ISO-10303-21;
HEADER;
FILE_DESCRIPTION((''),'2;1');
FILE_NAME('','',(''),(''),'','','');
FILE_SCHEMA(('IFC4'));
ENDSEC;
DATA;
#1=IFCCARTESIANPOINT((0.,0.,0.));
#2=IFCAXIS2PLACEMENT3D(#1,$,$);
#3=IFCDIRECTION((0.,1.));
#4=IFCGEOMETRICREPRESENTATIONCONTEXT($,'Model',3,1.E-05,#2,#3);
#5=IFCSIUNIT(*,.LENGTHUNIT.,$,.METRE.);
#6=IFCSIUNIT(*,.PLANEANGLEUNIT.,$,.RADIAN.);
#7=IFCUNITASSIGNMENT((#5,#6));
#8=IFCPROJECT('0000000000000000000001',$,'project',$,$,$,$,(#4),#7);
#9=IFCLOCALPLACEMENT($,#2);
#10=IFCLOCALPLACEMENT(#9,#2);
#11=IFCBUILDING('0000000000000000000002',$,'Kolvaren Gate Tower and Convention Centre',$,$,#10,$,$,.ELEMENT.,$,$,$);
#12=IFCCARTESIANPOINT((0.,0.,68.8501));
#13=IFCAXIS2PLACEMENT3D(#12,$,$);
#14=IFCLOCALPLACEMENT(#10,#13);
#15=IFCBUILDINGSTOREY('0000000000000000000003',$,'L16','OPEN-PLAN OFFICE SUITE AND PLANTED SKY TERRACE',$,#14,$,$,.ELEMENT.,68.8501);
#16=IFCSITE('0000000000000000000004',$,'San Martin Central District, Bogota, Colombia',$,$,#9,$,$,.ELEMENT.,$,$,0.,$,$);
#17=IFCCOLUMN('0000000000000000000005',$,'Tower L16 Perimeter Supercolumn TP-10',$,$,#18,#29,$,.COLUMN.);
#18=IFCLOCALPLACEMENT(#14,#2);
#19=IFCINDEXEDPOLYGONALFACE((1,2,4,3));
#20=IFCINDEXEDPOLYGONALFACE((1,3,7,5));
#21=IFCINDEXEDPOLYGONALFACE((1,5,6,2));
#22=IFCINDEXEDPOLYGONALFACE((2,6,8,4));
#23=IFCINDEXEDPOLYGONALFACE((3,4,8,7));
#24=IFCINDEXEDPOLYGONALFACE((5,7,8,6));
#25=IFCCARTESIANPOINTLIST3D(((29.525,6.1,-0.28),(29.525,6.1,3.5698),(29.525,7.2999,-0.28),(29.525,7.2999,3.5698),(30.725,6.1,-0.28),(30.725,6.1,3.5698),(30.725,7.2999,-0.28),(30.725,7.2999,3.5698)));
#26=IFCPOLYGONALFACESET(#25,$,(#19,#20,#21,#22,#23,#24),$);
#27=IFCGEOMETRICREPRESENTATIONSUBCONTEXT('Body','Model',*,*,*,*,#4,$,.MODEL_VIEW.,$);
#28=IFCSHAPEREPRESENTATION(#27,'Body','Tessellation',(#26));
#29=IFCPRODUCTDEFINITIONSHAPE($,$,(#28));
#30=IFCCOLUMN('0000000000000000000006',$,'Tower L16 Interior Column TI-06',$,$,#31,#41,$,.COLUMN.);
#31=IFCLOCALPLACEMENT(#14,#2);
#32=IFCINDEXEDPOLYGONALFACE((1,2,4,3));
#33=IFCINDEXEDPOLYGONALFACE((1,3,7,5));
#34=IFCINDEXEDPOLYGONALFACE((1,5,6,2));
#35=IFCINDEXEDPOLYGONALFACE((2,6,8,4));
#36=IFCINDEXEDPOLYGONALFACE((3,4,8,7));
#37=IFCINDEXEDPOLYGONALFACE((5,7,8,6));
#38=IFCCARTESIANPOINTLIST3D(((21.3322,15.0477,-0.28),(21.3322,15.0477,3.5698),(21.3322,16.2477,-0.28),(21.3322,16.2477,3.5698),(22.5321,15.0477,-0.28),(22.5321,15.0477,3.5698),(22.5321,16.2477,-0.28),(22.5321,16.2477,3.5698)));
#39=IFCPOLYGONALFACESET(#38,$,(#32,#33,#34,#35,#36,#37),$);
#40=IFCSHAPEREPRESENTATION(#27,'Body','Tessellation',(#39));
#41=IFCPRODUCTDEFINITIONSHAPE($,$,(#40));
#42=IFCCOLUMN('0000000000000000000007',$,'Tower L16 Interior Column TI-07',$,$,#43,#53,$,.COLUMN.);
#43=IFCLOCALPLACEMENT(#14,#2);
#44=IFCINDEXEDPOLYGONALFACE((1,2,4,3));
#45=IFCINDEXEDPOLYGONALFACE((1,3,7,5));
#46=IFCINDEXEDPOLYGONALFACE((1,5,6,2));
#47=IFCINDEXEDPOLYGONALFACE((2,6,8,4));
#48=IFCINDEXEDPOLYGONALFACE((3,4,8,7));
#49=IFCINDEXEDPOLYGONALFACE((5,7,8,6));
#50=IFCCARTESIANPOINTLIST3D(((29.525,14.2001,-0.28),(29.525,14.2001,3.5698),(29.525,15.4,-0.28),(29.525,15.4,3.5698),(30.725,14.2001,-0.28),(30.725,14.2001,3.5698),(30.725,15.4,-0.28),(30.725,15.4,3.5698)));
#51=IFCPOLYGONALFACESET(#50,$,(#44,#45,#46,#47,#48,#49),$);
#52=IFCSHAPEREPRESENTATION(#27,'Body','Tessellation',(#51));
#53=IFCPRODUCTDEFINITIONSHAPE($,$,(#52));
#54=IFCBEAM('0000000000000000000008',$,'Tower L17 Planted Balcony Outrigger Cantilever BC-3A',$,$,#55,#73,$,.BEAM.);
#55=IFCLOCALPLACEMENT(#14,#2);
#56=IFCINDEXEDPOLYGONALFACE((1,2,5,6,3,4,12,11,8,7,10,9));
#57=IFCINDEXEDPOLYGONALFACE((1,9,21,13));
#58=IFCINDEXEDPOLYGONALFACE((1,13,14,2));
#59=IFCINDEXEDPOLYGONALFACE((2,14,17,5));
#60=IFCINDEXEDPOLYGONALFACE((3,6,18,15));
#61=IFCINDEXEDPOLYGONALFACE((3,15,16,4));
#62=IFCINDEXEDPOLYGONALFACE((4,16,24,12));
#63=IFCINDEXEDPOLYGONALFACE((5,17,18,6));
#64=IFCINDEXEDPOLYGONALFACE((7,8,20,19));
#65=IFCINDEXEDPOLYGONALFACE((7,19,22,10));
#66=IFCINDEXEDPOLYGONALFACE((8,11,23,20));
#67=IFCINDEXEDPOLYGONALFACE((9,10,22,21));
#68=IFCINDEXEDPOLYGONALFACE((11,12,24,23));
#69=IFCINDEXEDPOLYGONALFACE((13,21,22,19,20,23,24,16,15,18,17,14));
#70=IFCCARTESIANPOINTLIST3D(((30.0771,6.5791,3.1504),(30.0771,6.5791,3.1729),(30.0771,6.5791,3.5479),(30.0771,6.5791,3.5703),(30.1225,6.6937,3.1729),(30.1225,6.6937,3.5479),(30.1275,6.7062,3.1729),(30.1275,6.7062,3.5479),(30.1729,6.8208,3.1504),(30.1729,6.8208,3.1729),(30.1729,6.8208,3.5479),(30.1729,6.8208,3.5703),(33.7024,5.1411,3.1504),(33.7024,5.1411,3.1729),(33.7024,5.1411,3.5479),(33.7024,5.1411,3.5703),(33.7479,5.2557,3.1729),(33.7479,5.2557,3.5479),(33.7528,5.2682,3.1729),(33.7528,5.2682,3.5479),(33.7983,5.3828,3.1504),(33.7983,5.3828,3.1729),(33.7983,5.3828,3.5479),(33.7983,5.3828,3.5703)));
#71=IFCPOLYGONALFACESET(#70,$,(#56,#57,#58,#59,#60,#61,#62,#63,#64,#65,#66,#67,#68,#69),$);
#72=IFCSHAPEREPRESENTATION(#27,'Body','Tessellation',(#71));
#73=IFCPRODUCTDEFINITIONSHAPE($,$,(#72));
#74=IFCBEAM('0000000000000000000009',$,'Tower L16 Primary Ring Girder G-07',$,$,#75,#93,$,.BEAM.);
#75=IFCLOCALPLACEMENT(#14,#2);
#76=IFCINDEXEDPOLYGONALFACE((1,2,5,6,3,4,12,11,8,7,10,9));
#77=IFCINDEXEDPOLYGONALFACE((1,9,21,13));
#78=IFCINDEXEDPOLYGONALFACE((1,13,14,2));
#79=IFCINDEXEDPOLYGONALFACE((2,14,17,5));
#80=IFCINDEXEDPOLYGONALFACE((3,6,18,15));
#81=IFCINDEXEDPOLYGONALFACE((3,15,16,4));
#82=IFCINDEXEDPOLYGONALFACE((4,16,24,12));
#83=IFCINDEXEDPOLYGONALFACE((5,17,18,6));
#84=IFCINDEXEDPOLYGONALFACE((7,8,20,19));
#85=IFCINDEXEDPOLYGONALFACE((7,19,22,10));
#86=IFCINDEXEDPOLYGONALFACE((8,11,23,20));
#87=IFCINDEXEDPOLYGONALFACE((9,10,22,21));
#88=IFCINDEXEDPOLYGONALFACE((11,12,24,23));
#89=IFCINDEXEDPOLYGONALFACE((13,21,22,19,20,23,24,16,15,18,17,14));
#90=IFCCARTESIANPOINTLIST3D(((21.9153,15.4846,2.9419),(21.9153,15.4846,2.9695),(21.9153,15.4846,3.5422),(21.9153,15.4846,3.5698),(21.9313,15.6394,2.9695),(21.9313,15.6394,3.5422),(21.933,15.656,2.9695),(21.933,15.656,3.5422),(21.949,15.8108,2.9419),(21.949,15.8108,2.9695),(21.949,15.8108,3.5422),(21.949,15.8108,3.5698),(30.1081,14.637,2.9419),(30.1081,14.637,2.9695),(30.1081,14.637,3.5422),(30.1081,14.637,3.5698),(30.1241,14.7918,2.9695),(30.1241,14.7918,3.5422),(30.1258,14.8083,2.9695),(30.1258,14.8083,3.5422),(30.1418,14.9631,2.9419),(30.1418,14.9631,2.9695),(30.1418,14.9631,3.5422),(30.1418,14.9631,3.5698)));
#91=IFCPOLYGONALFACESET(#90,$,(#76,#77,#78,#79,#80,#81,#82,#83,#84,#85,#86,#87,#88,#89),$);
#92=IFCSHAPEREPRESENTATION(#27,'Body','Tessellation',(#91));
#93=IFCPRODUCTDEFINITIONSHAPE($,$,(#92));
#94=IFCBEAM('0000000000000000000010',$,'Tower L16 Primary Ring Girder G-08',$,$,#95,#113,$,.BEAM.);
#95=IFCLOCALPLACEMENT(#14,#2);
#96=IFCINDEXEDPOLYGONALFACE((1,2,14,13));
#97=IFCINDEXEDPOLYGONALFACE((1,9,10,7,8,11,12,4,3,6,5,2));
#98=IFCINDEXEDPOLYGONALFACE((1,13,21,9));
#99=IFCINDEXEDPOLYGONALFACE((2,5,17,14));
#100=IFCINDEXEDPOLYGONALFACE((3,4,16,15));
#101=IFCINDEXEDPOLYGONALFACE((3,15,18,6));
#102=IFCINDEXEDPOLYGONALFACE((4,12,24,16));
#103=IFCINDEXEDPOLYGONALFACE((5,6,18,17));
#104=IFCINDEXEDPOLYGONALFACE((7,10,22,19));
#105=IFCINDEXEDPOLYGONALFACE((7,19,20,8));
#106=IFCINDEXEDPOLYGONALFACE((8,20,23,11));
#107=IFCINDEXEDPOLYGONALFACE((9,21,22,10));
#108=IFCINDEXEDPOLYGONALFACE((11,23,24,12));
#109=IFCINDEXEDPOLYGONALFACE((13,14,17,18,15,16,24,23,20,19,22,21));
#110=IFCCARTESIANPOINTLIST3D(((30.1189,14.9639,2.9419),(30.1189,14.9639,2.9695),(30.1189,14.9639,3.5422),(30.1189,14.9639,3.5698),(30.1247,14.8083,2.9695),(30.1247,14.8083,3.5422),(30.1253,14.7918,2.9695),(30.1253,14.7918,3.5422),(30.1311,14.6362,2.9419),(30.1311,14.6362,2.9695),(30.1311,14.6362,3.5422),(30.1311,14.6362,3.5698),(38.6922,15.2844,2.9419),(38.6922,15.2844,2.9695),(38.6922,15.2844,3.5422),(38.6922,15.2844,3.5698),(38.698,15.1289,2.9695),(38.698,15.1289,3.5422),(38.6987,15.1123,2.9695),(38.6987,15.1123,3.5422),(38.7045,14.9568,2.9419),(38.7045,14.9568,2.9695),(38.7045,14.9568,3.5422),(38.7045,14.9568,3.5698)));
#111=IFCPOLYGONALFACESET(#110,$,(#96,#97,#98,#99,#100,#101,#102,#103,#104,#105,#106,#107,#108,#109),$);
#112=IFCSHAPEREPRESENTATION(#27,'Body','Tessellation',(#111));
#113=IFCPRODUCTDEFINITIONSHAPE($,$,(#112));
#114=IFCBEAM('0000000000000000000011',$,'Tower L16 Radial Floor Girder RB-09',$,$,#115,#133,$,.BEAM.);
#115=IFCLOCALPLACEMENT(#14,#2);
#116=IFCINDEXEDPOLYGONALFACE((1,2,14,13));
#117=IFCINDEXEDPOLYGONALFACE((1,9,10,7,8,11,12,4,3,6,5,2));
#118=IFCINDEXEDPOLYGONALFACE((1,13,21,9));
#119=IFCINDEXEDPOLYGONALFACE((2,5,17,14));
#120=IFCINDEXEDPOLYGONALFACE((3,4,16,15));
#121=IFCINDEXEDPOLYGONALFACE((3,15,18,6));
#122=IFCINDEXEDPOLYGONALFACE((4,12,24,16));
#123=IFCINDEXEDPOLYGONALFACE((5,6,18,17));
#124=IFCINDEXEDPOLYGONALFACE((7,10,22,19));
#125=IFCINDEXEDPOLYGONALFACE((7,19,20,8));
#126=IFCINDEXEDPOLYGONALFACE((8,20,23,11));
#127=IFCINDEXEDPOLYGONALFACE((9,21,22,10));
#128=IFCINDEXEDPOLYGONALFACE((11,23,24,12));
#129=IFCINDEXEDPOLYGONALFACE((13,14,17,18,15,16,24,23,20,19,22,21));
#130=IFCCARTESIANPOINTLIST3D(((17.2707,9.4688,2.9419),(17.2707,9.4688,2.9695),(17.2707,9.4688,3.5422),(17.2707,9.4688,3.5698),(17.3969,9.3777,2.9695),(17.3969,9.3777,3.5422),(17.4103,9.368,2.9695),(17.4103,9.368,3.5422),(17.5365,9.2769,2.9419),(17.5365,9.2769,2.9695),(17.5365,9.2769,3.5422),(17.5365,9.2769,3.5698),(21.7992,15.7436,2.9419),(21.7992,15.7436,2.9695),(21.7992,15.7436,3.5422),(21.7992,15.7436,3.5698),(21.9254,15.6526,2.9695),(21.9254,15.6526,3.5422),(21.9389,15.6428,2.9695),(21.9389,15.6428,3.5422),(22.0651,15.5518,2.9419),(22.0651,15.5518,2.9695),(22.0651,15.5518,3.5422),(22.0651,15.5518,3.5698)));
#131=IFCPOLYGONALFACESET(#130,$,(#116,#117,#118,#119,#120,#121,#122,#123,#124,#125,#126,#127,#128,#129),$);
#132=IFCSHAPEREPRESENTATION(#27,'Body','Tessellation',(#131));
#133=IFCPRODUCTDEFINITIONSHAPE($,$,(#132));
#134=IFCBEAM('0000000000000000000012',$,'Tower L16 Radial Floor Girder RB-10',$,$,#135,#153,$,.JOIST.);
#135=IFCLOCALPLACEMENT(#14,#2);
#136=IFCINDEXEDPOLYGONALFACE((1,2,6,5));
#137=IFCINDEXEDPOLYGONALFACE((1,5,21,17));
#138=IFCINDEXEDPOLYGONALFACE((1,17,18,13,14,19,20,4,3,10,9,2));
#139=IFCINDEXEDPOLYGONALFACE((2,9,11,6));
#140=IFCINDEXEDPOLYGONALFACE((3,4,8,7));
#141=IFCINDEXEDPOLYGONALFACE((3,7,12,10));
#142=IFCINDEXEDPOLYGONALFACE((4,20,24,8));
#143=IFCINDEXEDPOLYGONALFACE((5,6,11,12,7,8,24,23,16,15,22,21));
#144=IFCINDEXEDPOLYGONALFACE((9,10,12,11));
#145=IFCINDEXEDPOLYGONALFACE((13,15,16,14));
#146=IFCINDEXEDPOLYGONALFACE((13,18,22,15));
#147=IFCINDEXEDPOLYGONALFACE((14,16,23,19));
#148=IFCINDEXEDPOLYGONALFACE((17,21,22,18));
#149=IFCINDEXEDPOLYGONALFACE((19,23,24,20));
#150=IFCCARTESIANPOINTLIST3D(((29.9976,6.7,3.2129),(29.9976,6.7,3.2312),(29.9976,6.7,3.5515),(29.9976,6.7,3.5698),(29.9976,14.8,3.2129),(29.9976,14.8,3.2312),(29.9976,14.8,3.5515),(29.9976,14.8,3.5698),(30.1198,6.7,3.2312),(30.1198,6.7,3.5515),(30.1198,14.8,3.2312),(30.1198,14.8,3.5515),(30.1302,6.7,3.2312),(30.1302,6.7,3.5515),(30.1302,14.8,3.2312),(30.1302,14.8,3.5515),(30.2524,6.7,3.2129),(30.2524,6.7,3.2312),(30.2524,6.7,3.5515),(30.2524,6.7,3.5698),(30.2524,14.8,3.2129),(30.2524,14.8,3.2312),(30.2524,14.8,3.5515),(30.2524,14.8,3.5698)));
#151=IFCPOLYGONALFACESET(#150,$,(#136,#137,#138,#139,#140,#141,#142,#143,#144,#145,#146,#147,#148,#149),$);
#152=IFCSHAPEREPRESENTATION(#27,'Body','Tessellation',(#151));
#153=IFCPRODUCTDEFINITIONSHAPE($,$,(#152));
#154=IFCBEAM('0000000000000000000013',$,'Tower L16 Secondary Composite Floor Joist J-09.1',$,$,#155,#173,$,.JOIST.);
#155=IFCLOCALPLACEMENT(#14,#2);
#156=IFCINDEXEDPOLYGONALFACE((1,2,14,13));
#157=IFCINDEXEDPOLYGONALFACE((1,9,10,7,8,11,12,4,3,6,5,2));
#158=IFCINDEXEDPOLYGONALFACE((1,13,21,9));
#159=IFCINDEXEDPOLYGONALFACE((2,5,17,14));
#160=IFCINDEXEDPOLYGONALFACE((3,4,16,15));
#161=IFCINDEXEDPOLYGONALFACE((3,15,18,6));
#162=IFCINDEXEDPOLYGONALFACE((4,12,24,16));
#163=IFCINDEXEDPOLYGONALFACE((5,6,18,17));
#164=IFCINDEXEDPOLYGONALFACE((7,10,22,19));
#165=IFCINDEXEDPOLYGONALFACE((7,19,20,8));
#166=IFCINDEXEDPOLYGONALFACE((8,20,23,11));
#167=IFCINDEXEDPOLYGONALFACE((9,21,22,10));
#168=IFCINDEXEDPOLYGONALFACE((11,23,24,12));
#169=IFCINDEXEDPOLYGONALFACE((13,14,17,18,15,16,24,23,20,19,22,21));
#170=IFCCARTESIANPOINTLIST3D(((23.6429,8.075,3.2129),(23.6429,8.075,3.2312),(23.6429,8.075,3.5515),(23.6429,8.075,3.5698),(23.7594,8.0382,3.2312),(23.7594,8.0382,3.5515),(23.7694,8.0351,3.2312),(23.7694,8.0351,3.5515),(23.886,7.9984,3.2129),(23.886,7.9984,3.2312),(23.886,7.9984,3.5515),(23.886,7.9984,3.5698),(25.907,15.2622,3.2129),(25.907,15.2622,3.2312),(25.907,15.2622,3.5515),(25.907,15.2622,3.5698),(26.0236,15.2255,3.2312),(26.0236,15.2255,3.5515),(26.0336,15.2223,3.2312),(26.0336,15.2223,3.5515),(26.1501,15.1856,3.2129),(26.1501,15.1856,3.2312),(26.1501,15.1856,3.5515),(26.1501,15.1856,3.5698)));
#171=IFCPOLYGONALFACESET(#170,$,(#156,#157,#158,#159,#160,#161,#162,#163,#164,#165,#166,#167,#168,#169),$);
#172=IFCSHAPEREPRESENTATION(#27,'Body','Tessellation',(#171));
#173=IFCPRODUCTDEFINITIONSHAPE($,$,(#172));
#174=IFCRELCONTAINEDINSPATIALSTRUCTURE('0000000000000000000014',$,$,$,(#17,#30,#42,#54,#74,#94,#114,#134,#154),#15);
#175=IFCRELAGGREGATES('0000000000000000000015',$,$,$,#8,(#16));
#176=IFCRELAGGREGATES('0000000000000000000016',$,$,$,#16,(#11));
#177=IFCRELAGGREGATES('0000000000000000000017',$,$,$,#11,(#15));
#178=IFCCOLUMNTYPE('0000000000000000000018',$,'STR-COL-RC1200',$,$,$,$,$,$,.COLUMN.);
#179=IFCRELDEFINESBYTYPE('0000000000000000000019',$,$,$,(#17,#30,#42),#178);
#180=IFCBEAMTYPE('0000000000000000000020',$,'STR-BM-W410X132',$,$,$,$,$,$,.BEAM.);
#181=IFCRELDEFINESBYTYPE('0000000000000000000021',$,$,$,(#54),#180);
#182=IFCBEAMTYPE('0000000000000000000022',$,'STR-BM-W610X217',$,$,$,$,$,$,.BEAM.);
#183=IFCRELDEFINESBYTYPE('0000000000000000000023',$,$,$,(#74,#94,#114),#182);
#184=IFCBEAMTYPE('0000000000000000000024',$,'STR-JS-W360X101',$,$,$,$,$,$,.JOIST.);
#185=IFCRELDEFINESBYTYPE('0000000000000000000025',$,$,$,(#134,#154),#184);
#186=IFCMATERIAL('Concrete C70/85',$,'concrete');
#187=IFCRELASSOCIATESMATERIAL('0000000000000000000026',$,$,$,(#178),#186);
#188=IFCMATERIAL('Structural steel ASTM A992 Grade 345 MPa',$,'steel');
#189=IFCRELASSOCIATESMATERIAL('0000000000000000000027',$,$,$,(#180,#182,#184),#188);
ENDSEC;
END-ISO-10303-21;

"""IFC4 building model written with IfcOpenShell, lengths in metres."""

from ifc_helpers import new_model, si_unit, direction, frame, origin, origin_2d, place, context, subcontext, project, spatial, rectangle, i_section, extrude, material, material_profile, profile_set, type_object, element, save


model = new_model("IFC4")

# Units and contexts
model_context = context("Model", 3, precision=1e-05, world=origin(), true_north=direction((0.0, 1.0)))
body_context = subcontext(model_context, "Body", "Model", "MODEL_VIEW")
ifc_project = project(units=[si_unit("LENGTHUNIT", "METRE"), si_unit("PLANEANGLEUNIT", "RADIAN")], contexts=[model_context])

# Site, building, storey
site_placement = place(None, origin())
site = spatial("IfcSite", under=ifc_project, at=site_placement, Name="San Martin Central District, Bogota, Colombia", CompositionType="ELEMENT", RefElevation=0.0)
building_placement = place(site_placement, origin())
building = spatial("IfcBuilding", under=site, at=building_placement, Name="Kolvaren Gate Tower and Convention Centre", CompositionType="ELEMENT")
storey_placement = place(building_placement, frame((0.0, 0.0, 68.8501)))
storey = spatial("IfcBuildingStorey", under=building, at=storey_placement, Name="L16", Description="OPEN-PLAN OFFICE SUITE AND PLANTED SKY TERRACE", CompositionType="ELEMENT", Elevation=68.8501)

# Columns
ifc_material_1 = material(Name="Concrete C70/85", Category="concrete")
ifc_material_profile_1 = material_profile(ifc_material_1, rectangle(XDim=1.2, YDim=1.2, at=origin_2d()), Name="RC-COL-1200X1200")
ifc_profile_set_1 = profile_set([ifc_material_profile_1], Name="Concrete C70/85")
column_type = type_object("IfcColumnType", Name="STR-COL-RC1200", PredefinedType="COLUMN", material=ifc_profile_set_1)
for number, where, z_axis, x_axis, name in (
    (1, (30.125, 6.7, -0.28), (0.0, 0.0, 1.0), (1.0, 0.0, 0.0), "Tower L16 Perimeter Supercolumn TP-10"),
    (2, (21.9321, 15.6477, -0.28), (0.0, 0.0, 1.0), (1.0, 0.0, 0.0), "Tower L16 Interior Column TI-06"),
    (3, (30.125, 14.8, -0.28), (0.0, 0.0, 1.0), (1.0, 0.0, 0.0), "Tower L16 Interior Column TI-07"),
):
    element("IfcColumn", number, at=place(storey_placement, frame(where, z_axis=z_axis, x_axis=x_axis)), inside=storey, type_object=column_type, Name=name, PredefinedType="COLUMN", context=body_context, shape_type="SweptSolid", body=[
        extrude(rectangle(XDim=1.2, YDim=1.2, at=origin_2d()), origin(), (0.0, 0.0, 1.0), 3.8499),
    ])

# Beams
ifc_material_2 = material(Name="Structural steel ASTM A992 Grade 345 MPa", Category="steel")
ifc_material_profile_2 = material_profile(ifc_material_2, i_section(OverallWidth=0.26, OverallDepth=0.4199, WebThickness=0.0134, FlangeThickness=0.0225, at=origin_2d()), Name="W410X132")
ifc_profile_set_2 = profile_set([ifc_material_profile_2], Name="Structural steel ASTM A992 Grade 345 MPa")
beam_type_1 = type_object("IfcBeamType", Name="STR-BM-W410X132", PredefinedType="BEAM", material=ifc_profile_set_2)
beam_1_placement = place(storey_placement, frame((30.125, 6.7, 3.3604), z_axis=(0.929544, -0.368712, 0.0), x_axis=(0.368712, 0.929544, 0.0)))
element("IfcBeam", 4, at=beam_1_placement, inside=storey, type_object=beam_type_1, Name="Tower L17 Planted Balcony Outrigger Cantilever BC-3A", PredefinedType="BEAM", context=body_context, shape_type="SweptSolid", body=[
    extrude(i_section(OverallWidth=0.26, OverallDepth=0.4199, WebThickness=0.0134, FlangeThickness=0.0225, at=origin_2d()), origin(), (0.0, 0.0, 1.0), 3.9001),
])
ifc_material_profile_3 = material_profile(ifc_material_2, i_section(OverallWidth=0.3279, OverallDepth=0.6279, WebThickness=0.0166, FlangeThickness=0.0276, at=origin_2d()), Name="W610X217")
ifc_profile_set_3 = profile_set([ifc_material_profile_3], Name="Structural steel ASTM A992 Grade 345 MPa")
beam_type_2 = type_object("IfcBeamType", Name="STR-BM-W610X217", PredefinedType="BEAM", material=ifc_profile_set_3)
beam_2_placement = place(storey_placement, frame((21.9321, 15.6477, 3.2559), z_axis=(0.99469, -0.102913, 0.0), x_axis=(0.102913, 0.99469, 0.0)))
element("IfcBeam", 5, at=beam_2_placement, inside=storey, type_object=beam_type_2, Name="Tower L16 Primary Ring Girder G-07", PredefinedType="BEAM", context=body_context, shape_type="SweptSolid", body=[
    extrude(i_section(OverallWidth=0.3279, OverallDepth=0.6279, WebThickness=0.0166, FlangeThickness=0.0276, at=origin_2d()), origin(), (0.0, 0.0, 1.0), 8.2366),
])
beam_3_placement = place(storey_placement, frame((30.125, 14.8, 3.2559), z_axis=(0.999302, 0.037364, 0.0), x_axis=(-0.037364, 0.999302, 0.0)))
element("IfcBeam", 6, at=beam_3_placement, inside=storey, type_object=beam_type_2, Name="Tower L16 Primary Ring Girder G-08", PredefinedType="BEAM", context=body_context, shape_type="SweptSolid", body=[
    extrude(i_section(OverallWidth=0.3279, OverallDepth=0.6279, WebThickness=0.0166, FlangeThickness=0.0276, at=origin_2d()), origin(), (0.0, 0.0, 1.0), 8.5793),
])
beam_4_placement = place(storey_placement, frame((21.9321, 15.6477, 3.2559), z_axis=(-0.585209, -0.810882, 0.0), x_axis=(0.810882, -0.585209, 0.0)))
element("IfcBeam", 7, at=beam_4_placement, inside=storey, type_object=beam_type_2, Name="Tower L16 Radial Floor Girder RB-09", PredefinedType="BEAM", context=body_context, shape_type="SweptSolid", body=[
    extrude(i_section(OverallWidth=0.3279, OverallDepth=0.6279, WebThickness=0.0166, FlangeThickness=0.0276, at=origin_2d()), origin(), (0.0, 0.0, 1.0), 7.7383),
])
ifc_material_profile_4 = material_profile(ifc_material_2, i_section(OverallWidth=0.2549, OverallDepth=0.3569, WebThickness=0.0105, FlangeThickness=0.0183, at=origin_2d()), Name="W360X101")
ifc_profile_set_4 = profile_set([ifc_material_profile_4], Name="Structural steel ASTM A992 Grade 345 MPa")
beam_type_3 = type_object("IfcBeamType", Name="STR-JS-W360X101", PredefinedType="JOIST", material=ifc_profile_set_4)
beam_5_placement = place(storey_placement, frame((30.125, 14.8, 3.3914), z_axis=(0.0, -1.0, 0.0), x_axis=(1.0, 0.0, 0.0)))
element("IfcBeam", 8, at=beam_5_placement, inside=storey, type_object=beam_type_3, Name="Tower L16 Radial Floor Girder RB-10", PredefinedType="JOIST", context=body_context, shape_type="SweptSolid", body=[
    extrude(i_section(OverallWidth=0.2549, OverallDepth=0.3569, WebThickness=0.0105, FlangeThickness=0.0183, at=origin_2d()), origin(), (0.0, 0.0, 1.0), 8.1001),
])
beam_6_placement = place(storey_placement, frame((26.0286, 15.2239, 3.3914), z_axis=(-0.300468, -0.953792, 0.0), x_axis=(0.953792, -0.300468, 0.0)))
element("IfcBeam", 9, at=beam_6_placement, inside=storey, type_object=beam_type_3, Name="Tower L16 Secondary Composite Floor Joist J-09.1", PredefinedType="JOIST", context=body_context, shape_type="SweptSolid", body=[
    extrude(i_section(OverallWidth=0.2549, OverallDepth=0.3569, WebThickness=0.0105, FlangeThickness=0.0183, at=origin_2d()), origin(), (0.0, 0.0, 1.0), 7.5354),
])

save(model, "model.ifc")
